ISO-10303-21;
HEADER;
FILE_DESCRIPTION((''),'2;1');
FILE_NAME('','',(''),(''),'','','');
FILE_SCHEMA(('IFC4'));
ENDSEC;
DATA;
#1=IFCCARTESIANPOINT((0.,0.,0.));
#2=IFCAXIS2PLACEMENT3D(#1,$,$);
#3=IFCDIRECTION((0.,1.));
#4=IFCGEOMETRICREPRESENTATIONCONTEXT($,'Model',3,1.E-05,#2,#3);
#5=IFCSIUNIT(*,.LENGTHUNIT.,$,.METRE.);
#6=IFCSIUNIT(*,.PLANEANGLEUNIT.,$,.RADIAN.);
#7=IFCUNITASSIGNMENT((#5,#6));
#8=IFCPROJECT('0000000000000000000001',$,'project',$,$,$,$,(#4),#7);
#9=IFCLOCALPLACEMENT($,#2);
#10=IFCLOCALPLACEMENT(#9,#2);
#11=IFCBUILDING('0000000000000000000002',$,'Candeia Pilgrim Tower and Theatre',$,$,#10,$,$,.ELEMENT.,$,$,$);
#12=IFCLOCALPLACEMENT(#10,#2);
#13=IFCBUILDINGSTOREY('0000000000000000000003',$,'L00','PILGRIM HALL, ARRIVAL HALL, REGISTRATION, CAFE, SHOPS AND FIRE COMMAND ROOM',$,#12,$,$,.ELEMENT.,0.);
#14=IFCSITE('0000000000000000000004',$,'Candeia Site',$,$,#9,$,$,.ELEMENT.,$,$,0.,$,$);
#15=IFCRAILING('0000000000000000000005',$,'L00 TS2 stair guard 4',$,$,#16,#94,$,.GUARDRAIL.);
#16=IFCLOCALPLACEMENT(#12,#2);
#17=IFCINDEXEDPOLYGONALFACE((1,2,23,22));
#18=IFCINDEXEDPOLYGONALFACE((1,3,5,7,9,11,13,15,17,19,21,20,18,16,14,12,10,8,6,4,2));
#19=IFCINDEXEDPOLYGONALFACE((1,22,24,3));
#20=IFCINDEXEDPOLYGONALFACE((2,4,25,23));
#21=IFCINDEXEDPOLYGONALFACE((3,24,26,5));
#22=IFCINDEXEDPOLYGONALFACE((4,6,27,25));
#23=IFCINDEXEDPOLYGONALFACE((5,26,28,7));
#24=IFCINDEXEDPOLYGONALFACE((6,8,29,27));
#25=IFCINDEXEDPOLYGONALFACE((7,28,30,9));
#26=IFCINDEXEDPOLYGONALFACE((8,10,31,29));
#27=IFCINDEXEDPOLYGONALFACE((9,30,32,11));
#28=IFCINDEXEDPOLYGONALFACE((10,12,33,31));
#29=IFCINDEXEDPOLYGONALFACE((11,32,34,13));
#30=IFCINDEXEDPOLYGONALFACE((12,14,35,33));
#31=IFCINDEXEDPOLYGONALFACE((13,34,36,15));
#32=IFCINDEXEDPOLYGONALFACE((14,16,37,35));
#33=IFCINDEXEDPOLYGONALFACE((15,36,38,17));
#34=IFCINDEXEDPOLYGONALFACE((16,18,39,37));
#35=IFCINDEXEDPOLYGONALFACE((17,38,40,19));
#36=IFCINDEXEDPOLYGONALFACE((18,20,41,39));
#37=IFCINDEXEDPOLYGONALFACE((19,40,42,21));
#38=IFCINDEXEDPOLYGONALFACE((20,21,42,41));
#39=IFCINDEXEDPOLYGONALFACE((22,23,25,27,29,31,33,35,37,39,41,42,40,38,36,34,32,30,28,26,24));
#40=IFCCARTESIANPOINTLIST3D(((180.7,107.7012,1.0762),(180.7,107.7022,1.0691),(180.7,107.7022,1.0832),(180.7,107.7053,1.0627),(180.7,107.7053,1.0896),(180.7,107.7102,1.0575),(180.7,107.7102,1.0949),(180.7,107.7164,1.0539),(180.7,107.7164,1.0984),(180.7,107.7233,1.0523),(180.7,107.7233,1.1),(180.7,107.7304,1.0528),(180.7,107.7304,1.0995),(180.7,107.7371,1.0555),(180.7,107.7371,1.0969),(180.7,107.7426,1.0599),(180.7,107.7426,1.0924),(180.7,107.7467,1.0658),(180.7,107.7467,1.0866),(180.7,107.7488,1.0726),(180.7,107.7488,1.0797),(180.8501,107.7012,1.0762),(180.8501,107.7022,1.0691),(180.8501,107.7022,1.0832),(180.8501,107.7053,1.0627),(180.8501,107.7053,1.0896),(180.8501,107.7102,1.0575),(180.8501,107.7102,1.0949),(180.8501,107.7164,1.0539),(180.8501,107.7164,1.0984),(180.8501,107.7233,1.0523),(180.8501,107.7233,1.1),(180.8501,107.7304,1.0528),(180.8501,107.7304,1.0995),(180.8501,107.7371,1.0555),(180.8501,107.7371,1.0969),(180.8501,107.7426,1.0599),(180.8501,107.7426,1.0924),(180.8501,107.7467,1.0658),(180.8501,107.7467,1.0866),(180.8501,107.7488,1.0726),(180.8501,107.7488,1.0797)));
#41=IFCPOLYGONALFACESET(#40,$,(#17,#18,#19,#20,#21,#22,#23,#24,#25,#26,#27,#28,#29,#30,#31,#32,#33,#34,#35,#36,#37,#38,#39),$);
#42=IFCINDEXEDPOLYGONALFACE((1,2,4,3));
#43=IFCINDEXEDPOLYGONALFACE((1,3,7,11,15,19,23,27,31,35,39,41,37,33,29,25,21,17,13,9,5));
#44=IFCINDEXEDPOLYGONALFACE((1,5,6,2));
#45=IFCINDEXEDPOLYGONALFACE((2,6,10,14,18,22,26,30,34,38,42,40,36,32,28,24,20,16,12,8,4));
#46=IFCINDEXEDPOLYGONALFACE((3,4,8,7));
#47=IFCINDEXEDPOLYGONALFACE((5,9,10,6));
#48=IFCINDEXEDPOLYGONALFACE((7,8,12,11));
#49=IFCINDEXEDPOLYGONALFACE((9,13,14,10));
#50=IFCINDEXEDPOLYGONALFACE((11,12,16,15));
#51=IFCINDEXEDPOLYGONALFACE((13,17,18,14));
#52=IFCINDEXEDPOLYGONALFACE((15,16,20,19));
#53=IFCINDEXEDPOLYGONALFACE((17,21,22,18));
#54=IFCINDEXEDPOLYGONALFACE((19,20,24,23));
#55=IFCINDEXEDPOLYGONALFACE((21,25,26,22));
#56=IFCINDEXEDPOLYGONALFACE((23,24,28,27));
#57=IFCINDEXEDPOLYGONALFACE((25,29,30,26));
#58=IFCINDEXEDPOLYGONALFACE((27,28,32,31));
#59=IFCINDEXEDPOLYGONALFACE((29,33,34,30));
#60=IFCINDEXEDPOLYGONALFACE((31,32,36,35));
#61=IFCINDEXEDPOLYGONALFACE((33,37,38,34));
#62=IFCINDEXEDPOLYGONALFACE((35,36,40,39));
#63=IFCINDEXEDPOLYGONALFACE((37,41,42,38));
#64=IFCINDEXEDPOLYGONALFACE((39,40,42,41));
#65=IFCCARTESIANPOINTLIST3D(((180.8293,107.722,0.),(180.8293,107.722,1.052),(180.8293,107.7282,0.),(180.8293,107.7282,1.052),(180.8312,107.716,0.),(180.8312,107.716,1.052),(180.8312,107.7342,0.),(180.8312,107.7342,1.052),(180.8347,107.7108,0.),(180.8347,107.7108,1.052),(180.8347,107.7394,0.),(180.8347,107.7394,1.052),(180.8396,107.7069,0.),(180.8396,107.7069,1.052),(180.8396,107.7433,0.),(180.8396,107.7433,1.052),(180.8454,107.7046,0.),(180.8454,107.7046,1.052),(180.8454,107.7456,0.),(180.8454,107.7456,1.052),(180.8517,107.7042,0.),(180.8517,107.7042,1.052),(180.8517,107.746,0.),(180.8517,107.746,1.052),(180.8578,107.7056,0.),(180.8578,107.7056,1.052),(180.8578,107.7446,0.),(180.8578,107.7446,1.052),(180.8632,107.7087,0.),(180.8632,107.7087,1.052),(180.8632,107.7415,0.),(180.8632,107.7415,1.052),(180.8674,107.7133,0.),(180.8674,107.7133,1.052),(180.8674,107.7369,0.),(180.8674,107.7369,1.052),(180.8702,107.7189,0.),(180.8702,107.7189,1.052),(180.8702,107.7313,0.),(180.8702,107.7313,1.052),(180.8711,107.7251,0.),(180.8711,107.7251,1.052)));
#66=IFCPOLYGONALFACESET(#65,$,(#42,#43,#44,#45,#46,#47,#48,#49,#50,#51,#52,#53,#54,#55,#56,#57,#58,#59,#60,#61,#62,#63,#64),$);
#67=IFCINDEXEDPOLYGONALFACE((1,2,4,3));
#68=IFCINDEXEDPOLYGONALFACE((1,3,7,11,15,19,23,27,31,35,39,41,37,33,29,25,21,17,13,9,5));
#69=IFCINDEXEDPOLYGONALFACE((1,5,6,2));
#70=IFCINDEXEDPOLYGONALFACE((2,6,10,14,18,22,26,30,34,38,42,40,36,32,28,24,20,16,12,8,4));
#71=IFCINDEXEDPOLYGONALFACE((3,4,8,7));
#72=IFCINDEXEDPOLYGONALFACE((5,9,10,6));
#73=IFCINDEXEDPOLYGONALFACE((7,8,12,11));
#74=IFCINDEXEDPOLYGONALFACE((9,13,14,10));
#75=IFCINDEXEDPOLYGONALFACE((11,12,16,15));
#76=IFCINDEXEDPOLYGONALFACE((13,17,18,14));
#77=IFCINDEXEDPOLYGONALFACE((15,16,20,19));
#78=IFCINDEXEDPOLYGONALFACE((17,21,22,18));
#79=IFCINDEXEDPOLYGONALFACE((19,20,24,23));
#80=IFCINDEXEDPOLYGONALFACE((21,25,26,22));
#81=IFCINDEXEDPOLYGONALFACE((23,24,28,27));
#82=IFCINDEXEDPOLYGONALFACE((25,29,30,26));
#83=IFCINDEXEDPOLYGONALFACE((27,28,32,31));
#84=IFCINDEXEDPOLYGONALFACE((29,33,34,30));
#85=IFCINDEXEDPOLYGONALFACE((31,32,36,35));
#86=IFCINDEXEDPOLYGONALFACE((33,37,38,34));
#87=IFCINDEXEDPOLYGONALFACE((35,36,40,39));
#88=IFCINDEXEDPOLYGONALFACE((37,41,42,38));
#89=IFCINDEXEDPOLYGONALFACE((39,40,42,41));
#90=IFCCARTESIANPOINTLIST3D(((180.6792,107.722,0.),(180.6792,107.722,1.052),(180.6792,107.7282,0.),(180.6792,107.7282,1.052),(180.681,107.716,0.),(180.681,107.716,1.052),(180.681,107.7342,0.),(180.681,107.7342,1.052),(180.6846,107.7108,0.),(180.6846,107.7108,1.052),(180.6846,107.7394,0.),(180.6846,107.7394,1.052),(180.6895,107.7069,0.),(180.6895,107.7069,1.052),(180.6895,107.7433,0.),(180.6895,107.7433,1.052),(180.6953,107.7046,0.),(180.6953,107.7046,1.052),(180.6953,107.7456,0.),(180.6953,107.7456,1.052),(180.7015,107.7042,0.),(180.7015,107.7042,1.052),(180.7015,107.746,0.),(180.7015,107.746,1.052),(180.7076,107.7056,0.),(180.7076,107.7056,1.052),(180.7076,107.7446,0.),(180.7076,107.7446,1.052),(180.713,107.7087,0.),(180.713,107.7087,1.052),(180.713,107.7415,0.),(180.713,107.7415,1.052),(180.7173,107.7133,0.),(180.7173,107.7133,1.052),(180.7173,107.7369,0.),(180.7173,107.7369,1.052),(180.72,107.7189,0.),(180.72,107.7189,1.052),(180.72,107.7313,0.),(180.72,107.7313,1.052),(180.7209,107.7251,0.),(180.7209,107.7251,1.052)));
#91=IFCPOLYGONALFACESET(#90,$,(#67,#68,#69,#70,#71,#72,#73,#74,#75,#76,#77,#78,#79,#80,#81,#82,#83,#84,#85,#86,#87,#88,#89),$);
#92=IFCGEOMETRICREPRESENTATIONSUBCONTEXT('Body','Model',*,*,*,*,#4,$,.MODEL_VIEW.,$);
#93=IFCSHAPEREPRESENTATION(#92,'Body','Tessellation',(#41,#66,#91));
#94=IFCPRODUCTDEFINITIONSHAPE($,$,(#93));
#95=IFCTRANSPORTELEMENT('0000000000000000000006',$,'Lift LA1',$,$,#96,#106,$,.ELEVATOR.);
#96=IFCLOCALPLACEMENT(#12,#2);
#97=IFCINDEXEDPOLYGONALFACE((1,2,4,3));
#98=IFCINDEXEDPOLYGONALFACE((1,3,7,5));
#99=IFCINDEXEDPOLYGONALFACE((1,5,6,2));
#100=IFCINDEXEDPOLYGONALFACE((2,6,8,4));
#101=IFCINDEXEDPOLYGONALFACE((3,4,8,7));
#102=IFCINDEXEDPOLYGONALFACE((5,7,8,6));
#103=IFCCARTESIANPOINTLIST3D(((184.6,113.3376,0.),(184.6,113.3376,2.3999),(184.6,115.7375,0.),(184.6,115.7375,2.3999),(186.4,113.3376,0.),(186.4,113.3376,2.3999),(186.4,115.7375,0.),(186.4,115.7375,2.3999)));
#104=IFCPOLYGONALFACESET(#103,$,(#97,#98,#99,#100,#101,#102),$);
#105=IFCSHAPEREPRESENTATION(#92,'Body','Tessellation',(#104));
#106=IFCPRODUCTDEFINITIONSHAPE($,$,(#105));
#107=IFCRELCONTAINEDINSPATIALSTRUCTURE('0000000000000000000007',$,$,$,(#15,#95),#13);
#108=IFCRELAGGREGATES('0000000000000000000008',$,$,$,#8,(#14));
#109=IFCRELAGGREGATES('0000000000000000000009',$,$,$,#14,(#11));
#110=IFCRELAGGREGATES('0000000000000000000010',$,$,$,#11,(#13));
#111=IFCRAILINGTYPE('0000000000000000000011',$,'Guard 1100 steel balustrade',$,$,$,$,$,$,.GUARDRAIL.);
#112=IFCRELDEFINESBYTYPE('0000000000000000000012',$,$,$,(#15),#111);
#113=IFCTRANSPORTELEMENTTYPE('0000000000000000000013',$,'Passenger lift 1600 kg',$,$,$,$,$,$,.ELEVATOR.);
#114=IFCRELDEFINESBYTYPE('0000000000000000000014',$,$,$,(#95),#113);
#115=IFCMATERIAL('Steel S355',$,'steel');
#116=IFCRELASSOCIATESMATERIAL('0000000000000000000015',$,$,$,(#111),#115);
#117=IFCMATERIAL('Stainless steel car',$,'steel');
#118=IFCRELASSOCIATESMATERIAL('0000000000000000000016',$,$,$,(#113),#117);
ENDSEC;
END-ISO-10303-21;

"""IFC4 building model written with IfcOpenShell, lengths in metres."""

from ifc_helpers import new_model, si_unit, direction, frame, origin, origin_2d, place, context, subcontext, project, spatial, rectangle, circle, extrude, material, type_object, element, save


model = new_model("IFC4")

# Units and contexts
model_context = context("Model", 3, precision=1e-05, world=origin(), true_north=direction((0.0, 1.0)))
body_context = subcontext(model_context, "Body", "Model", "MODEL_VIEW")
ifc_project = project(units=[si_unit("LENGTHUNIT", "METRE"), si_unit("PLANEANGLEUNIT", "RADIAN")], contexts=[model_context])

# Site, building, storey
site_placement = place(None, origin())
site = spatial("IfcSite", under=ifc_project, at=site_placement, Name="Candeia Site", CompositionType="ELEMENT", RefElevation=0.0)
building_placement = place(site_placement, origin())
building = spatial("IfcBuilding", under=site, at=building_placement, Name="Candeia Pilgrim Tower and Theatre", CompositionType="ELEMENT")
storey_placement = place(building_placement, origin())
storey = spatial("IfcBuildingStorey", under=building, at=storey_placement, Name="L00", Description="PILGRIM HALL, ARRIVAL HALL, REGISTRATION, CAFE, SHOPS AND FIRE COMMAND ROOM", CompositionType="ELEMENT", Elevation=0.0)

# Railing
ifc_material_1 = material(Name="Steel S355", Category="steel")
railing_type_1 = type_object("IfcRailingType", Name="Guard 1100 steel balustrade", PredefinedType="GUARDRAIL", material=ifc_material_1)
railing_1_placement = place(storey_placement, frame((180.8501, 107.7251, 0.0)))
element("IfcRailing", 1, at=railing_1_placement, inside=storey, type_object=railing_type_1, Name="L00 TS2 stair guard 4", PredefinedType="GUARDRAIL", context=body_context, shape_type="SweptSolid", body=[
    extrude(circle(Radius=0.0239, at=origin_2d()), frame((0.0, 0.0, 1.0762), z_axis=(-1.0, 0.0, 0.0), x_axis=(0.0, -1.0, 0.0)), (0.0, 0.0, 1.0), 0.1501),
    extrude(circle(Radius=0.021, at=origin_2d()), origin(), (0.0, 0.0, 1.0), 1.052),
    extrude(circle(Radius=0.021, at=origin_2d()), frame((-0.1501, 0.0, 0.0)), (0.0, 0.0, 1.0), 1.052),
])

# Transport element
ifc_material_2 = material(Name="Stainless steel car", Category="steel")
transport_element_type = type_object("IfcTransportElementType", Name="Passenger lift 1600 kg", PredefinedType="ELEVATOR", material=ifc_material_2)
transport_element_placement = place(storey_placement, frame((185.5, 114.5376, 0.0), z_axis=(0.0, 0.0, 1.0), x_axis=(1.0, 0.0, 0.0)))
element("IfcTransportElement", 2, at=transport_element_placement, inside=storey, type_object=transport_element_type, Name="Lift LA1", PredefinedType="ELEVATOR", context=body_context, shape_type="SweptSolid", body=[
    extrude(rectangle(XDim=1.8, YDim=2.3999, at=origin_2d()), origin(), (0.0, 0.0, 1.0), 2.3999),
])

save(model, "model.ifc")
